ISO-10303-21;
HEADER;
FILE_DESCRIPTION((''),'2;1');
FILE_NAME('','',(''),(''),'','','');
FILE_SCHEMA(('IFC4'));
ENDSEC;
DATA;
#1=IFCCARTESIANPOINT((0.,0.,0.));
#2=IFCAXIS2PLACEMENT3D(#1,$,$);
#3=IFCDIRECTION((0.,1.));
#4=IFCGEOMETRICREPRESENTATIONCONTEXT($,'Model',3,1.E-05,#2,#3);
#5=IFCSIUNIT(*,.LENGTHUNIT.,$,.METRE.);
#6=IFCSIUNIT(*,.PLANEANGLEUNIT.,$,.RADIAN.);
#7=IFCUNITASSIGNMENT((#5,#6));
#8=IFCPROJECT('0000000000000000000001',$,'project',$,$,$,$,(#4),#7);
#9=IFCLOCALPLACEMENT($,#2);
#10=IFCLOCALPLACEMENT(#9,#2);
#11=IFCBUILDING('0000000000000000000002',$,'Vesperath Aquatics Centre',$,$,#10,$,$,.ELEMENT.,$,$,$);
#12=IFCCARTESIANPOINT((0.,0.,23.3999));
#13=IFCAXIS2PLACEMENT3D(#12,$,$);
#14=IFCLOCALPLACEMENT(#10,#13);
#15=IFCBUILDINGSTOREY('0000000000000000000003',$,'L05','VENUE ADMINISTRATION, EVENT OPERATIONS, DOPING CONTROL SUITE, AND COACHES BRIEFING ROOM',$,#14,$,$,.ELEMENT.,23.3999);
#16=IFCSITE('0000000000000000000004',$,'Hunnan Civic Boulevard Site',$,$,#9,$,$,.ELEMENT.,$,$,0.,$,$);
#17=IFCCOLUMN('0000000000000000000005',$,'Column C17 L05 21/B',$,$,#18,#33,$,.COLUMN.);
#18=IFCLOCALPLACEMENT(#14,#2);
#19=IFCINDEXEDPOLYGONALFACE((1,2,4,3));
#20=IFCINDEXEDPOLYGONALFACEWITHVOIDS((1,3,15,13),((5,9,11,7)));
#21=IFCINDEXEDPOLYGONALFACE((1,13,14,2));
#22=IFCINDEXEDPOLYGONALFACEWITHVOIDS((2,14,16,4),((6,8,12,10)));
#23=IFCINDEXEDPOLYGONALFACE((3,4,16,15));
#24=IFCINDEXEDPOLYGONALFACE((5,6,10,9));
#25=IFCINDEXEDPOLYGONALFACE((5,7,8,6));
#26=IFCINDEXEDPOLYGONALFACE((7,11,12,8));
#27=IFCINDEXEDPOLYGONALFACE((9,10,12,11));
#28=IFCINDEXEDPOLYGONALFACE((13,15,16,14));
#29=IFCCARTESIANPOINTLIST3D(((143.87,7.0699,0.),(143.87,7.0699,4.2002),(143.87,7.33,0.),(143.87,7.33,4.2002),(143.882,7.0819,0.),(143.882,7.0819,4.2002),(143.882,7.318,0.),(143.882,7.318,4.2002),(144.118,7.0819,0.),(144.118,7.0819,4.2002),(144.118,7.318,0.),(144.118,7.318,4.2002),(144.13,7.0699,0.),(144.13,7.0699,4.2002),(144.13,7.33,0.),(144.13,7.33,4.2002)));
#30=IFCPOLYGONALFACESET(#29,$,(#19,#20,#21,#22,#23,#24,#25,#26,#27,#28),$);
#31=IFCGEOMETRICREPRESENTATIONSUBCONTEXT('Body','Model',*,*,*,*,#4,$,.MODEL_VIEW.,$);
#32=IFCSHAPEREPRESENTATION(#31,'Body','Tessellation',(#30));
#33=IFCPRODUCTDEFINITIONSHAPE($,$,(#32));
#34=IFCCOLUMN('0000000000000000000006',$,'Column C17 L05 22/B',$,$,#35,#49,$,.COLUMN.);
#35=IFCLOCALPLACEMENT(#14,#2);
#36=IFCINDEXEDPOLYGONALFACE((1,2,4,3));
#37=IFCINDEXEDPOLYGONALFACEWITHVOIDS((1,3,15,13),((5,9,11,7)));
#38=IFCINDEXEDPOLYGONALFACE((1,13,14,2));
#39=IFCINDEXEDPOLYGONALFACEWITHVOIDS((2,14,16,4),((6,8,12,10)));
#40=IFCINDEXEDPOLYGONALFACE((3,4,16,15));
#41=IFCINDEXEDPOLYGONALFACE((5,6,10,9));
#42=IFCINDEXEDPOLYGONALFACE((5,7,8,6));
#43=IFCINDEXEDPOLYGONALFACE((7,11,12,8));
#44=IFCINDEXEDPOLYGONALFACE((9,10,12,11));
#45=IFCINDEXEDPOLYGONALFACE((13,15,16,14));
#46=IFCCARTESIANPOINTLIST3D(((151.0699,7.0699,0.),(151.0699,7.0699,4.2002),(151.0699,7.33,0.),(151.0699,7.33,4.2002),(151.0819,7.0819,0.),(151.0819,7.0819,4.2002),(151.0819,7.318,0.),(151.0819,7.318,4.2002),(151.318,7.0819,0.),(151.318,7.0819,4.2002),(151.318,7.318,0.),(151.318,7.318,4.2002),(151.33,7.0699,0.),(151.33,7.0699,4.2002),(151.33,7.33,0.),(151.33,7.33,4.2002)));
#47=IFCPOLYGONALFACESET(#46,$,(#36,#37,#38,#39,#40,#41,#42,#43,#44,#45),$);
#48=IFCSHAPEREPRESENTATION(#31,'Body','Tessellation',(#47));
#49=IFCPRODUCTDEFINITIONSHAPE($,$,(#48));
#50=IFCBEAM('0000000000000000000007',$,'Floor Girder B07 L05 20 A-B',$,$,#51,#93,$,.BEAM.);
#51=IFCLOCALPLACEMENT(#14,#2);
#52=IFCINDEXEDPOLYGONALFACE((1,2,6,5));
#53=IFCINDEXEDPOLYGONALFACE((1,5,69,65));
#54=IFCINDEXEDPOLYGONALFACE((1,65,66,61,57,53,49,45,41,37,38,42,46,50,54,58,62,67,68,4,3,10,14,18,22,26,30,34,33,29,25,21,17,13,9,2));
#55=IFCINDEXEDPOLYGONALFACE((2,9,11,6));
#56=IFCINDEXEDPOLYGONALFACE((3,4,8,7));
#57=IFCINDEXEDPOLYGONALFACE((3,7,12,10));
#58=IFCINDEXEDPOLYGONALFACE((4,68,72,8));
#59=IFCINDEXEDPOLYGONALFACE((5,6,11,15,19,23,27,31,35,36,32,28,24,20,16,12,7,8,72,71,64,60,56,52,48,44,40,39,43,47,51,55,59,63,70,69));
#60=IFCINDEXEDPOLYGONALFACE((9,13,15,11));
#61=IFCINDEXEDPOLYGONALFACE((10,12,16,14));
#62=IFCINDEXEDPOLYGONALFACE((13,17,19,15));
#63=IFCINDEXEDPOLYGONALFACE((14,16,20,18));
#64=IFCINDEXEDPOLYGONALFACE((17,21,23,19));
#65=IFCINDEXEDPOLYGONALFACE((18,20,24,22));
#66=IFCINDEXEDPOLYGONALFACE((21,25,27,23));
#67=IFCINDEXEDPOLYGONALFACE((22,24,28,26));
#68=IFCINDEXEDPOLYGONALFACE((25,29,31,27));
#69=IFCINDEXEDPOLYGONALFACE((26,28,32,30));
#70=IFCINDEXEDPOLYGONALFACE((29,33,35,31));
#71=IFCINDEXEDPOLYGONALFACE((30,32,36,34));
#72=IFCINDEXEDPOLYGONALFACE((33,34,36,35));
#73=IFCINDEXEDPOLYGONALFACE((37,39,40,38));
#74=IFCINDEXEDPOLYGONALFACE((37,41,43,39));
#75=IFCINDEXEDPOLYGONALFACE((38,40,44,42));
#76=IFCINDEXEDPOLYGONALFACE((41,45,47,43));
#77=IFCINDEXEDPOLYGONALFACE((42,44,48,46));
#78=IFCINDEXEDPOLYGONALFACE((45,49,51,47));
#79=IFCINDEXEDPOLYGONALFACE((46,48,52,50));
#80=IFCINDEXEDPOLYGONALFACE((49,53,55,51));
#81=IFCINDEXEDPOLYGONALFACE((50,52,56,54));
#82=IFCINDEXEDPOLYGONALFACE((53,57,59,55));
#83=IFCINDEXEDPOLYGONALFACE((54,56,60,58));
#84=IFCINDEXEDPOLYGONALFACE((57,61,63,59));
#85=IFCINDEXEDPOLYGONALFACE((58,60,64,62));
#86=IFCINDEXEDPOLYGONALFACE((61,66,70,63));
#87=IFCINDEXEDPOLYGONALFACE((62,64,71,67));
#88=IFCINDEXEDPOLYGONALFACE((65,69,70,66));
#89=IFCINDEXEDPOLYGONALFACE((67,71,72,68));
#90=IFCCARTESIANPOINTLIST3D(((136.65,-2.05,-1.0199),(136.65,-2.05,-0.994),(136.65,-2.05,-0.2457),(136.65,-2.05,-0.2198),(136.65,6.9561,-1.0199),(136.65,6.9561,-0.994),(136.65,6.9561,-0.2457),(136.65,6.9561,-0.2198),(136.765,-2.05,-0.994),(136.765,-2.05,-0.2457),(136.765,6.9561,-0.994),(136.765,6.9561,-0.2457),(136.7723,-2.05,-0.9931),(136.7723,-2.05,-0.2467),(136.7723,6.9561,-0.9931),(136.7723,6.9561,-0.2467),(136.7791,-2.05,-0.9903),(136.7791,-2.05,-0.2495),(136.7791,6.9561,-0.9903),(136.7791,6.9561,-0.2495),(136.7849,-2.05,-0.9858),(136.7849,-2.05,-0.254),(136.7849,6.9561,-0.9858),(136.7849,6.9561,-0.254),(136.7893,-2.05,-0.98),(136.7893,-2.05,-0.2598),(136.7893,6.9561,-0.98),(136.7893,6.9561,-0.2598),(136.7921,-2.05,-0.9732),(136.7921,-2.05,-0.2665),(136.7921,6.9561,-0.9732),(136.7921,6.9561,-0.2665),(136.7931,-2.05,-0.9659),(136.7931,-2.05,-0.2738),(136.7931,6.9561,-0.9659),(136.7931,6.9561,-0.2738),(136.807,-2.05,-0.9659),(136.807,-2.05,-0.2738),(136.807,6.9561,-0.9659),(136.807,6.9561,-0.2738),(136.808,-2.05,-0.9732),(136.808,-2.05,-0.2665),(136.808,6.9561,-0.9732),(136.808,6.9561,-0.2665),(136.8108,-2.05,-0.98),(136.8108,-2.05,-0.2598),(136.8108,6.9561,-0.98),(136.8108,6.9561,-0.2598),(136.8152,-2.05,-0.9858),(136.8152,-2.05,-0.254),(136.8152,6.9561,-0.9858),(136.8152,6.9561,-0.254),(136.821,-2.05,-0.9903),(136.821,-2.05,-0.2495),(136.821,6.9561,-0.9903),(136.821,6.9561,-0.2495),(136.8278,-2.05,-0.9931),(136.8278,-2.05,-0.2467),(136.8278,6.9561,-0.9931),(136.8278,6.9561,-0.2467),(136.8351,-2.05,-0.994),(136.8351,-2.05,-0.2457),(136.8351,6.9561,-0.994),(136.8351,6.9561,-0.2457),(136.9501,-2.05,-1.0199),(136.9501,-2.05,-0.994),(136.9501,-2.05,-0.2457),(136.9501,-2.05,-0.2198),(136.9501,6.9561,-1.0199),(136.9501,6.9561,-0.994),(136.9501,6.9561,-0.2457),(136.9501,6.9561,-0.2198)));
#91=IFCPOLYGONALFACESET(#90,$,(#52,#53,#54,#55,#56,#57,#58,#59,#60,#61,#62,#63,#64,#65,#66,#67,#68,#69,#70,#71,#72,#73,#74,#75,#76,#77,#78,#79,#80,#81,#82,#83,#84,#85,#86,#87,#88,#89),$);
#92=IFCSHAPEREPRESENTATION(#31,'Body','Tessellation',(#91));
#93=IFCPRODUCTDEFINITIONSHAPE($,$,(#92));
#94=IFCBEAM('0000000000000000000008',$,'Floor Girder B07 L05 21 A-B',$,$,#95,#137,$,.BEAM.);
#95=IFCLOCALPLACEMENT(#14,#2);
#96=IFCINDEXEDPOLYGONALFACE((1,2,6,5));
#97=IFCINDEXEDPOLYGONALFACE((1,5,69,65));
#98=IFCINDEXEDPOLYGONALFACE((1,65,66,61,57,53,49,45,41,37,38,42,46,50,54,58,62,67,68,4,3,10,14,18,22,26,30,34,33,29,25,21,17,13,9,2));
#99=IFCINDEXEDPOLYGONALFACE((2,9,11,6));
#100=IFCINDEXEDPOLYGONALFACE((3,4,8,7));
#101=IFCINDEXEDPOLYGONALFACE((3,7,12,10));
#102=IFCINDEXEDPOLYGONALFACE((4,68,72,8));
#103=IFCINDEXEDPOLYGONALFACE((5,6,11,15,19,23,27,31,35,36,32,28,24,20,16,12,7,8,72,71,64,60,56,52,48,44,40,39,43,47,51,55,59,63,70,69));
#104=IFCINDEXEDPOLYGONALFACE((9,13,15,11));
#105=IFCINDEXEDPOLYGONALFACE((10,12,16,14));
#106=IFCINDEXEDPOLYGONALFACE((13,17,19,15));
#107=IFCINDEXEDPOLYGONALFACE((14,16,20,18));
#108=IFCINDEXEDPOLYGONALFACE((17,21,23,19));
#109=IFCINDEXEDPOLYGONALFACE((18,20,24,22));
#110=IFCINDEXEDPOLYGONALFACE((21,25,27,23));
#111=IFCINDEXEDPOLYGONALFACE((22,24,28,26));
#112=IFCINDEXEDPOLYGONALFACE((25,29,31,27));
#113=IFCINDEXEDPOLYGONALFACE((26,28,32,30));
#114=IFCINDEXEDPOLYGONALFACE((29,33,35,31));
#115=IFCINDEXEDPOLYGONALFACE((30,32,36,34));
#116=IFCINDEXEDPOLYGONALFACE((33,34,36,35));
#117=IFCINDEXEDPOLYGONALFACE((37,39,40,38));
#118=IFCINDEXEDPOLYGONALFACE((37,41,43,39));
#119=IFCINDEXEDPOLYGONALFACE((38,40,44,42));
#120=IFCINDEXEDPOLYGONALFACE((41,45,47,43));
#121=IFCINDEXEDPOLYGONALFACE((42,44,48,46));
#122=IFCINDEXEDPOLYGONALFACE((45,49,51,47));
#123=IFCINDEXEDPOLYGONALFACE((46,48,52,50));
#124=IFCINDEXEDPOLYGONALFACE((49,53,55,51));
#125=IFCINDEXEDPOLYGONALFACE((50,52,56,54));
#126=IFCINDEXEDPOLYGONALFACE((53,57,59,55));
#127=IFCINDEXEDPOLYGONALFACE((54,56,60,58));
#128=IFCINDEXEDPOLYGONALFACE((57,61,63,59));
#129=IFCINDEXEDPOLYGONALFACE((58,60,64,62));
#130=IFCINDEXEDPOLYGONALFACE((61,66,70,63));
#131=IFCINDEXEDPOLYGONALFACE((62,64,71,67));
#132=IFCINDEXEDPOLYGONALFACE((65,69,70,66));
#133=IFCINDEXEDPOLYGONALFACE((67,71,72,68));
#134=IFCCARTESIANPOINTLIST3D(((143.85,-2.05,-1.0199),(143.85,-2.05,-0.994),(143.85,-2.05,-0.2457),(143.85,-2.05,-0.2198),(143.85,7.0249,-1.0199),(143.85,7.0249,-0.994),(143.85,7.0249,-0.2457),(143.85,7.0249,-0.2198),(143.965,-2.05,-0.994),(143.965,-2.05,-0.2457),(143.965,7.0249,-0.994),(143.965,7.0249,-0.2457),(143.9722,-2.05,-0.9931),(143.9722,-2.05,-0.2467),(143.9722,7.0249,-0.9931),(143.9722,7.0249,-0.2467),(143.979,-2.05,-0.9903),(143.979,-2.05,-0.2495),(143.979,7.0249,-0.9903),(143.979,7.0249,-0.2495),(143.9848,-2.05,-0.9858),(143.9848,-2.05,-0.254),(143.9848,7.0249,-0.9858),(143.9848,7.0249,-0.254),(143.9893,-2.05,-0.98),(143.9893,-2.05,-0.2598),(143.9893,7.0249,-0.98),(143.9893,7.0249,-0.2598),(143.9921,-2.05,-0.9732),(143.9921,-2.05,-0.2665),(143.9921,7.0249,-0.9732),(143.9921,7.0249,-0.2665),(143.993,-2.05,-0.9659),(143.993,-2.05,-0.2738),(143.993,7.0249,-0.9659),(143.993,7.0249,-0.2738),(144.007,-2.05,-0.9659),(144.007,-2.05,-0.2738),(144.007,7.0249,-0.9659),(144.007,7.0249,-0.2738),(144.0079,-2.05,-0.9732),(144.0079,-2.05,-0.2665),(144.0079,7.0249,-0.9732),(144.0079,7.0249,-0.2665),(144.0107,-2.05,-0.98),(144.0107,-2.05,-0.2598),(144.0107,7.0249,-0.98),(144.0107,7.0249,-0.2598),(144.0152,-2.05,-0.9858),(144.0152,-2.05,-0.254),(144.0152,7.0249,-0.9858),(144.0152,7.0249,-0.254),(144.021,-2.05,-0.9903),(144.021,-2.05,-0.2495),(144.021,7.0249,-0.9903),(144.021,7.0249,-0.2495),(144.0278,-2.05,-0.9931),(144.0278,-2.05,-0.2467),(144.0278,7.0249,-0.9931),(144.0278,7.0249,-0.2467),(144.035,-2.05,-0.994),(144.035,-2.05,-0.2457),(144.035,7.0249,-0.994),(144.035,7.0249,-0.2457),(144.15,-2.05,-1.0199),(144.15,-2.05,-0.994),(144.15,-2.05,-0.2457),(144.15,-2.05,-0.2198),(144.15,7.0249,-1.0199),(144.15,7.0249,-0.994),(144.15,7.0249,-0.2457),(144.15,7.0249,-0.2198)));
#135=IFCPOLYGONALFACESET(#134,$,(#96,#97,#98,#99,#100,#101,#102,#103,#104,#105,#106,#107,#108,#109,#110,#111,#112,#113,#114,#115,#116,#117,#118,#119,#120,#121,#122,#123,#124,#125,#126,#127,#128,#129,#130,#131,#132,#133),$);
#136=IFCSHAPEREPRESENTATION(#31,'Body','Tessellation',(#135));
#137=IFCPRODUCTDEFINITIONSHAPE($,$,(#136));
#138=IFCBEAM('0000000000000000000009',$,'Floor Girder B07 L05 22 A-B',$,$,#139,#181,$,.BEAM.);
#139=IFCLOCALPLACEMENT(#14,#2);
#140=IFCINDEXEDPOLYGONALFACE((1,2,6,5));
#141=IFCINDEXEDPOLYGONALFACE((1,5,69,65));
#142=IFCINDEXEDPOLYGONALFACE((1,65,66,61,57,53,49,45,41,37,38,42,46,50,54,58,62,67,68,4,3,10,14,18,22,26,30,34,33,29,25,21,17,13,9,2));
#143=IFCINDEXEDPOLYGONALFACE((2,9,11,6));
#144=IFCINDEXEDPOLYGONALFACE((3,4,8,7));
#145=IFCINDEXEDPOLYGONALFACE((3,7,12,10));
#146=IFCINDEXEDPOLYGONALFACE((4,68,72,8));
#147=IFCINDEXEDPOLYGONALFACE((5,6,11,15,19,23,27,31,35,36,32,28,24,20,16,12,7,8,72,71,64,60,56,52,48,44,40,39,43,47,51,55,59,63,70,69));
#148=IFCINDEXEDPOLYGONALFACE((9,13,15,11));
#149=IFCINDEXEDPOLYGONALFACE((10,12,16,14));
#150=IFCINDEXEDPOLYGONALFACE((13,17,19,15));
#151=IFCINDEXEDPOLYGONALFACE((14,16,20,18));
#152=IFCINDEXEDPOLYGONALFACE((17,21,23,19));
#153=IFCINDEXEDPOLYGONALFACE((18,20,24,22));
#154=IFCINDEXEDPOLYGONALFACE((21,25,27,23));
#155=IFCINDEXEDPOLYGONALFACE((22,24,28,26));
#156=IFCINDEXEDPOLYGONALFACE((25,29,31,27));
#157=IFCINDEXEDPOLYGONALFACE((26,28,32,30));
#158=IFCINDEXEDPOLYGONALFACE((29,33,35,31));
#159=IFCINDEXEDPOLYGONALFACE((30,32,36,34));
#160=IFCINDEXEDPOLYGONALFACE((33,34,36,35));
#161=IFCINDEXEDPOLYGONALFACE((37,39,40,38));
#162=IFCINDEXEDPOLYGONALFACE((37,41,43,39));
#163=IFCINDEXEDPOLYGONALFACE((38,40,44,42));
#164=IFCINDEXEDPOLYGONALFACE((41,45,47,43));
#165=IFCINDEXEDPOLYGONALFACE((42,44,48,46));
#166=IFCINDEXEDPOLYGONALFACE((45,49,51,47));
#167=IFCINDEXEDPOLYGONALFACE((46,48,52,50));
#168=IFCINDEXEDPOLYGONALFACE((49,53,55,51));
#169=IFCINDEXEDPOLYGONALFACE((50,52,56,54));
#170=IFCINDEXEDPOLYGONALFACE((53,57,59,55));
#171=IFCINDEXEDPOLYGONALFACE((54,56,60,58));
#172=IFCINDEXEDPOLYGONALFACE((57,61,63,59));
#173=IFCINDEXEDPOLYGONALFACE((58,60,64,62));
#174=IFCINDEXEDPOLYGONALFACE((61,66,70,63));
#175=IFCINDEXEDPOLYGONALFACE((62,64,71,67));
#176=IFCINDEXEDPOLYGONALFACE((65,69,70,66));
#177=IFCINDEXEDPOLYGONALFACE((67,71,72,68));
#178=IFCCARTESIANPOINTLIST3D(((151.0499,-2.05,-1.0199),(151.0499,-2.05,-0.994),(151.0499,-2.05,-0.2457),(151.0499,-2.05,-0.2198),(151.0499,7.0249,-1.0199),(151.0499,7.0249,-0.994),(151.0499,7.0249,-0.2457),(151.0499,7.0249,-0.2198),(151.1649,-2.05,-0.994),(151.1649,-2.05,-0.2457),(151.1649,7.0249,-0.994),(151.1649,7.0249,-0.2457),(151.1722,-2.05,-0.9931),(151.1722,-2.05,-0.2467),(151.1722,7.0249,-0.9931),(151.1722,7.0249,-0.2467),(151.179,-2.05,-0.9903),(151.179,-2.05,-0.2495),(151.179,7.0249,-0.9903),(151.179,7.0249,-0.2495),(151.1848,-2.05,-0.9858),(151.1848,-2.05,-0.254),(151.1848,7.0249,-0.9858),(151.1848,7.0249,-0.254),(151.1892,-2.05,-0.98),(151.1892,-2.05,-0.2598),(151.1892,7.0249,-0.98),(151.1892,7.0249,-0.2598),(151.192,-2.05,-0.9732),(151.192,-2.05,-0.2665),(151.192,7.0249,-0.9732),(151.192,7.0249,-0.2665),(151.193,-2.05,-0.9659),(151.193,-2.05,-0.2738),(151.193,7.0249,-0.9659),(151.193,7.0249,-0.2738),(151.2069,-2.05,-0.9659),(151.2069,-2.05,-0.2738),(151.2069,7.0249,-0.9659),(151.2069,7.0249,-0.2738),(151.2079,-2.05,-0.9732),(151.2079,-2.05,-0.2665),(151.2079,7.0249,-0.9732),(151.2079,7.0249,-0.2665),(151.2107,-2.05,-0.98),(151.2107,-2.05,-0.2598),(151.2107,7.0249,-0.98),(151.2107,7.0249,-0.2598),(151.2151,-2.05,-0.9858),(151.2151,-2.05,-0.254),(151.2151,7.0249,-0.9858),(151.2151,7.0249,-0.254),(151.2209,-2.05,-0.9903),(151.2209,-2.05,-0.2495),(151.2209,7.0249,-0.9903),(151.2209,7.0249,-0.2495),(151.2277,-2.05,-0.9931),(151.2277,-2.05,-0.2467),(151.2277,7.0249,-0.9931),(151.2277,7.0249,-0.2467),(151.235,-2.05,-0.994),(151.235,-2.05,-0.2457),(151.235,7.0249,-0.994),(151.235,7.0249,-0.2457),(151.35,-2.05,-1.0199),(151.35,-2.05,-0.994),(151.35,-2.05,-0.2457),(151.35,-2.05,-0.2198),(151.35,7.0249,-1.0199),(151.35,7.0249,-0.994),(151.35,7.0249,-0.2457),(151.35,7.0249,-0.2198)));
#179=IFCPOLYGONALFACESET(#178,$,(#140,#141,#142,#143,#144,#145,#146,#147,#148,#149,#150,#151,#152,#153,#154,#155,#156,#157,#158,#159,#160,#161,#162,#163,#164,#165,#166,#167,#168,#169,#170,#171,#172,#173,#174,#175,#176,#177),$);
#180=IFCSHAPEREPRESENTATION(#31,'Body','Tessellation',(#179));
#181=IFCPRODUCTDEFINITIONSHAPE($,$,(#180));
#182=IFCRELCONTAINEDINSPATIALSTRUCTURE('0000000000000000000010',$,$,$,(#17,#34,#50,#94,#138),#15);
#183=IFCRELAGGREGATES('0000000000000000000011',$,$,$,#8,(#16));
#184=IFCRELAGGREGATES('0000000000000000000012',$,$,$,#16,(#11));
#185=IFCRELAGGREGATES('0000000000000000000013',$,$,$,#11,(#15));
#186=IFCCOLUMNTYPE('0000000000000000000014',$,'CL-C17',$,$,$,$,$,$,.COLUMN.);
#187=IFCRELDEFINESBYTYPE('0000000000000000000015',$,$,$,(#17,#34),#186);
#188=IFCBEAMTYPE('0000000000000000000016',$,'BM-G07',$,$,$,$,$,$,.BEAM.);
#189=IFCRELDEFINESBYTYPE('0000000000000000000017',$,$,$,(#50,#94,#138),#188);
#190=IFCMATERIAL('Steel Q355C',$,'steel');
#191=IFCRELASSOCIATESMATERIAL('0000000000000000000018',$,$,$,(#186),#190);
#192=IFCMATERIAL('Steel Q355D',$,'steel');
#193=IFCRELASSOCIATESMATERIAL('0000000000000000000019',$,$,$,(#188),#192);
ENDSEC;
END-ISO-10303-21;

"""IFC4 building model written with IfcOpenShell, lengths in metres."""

from ifc_helpers import new_model, si_unit, direction, frame, origin, origin_2d, place, context, subcontext, project, spatial, hollow_rectangle, i_section, extrude, material, material_profile, profile_set, type_object, element, save


model = new_model("IFC4")

# Units and contexts
model_context = context("Model", 3, precision=1e-05, world=origin(), true_north=direction((0.0, 1.0)))
body_context = subcontext(model_context, "Body", "Model", "MODEL_VIEW")
ifc_project = project(units=[si_unit("LENGTHUNIT", "METRE"), si_unit("PLANEANGLEUNIT", "RADIAN")], contexts=[model_context])

# Site, building, storey
site_placement = place(None, origin())
site = spatial("IfcSite", under=ifc_project, at=site_placement, Name="Hunnan Civic Boulevard Site", CompositionType="ELEMENT", RefElevation=0.0)
building_placement = place(site_placement, origin())
building = spatial("IfcBuilding", under=site, at=building_placement, Name="Vesperath Aquatics Centre", CompositionType="ELEMENT")
storey_placement = place(building_placement, frame((0.0, 0.0, 23.3999)))
storey = spatial("IfcBuildingStorey", under=building, at=storey_placement, Name="L05", Description="VENUE ADMINISTRATION, EVENT OPERATIONS, DOPING CONTROL SUITE, AND COACHES BRIEFING ROOM", CompositionType="ELEMENT", Elevation=23.3999)

# Columns
ifc_material_1 = material(Name="Steel Q355C", Category="steel")
ifc_material_profile_1 = material_profile(ifc_material_1, hollow_rectangle(XDim=0.26, YDim=0.26, WallThickness=0.012, at=origin_2d()), Name="SHS 260x260x12")
ifc_profile_set_1 = profile_set([ifc_material_profile_1], Name="Steel Q355C")
column_type = type_object("IfcColumnType", Name="CL-C17", PredefinedType="COLUMN", material=ifc_profile_set_1)
for number, where, z_axis, x_axis, name in (
    (1, (144.0, 7.2, 0.0), (0.0, 0.0, 1.0), (1.0, 0.0, 0.0), "Column C17 L05 21/B"),
    (2, (151.2, 7.2, 0.0), (0.0, 0.0, 1.0), (1.0, 0.0, 0.0), "Column C17 L05 22/B"),
):
    element("IfcColumn", number, at=place(storey_placement, frame(where, z_axis=z_axis, x_axis=x_axis)), inside=storey, type_object=column_type, Name=name, PredefinedType="COLUMN", context=body_context, shape_type="SweptSolid", body=[
        extrude(hollow_rectangle(XDim=0.26, YDim=0.26, WallThickness=0.012, at=origin_2d()), origin(), (0.0, 0.0, 1.0), 4.2002),
    ])

# Beams
ifc_material_2 = material(Name="Steel Q355D", Category="steel")
ifc_material_profile_2 = material_profile(ifc_material_2, i_section(OverallWidth=0.3, OverallDepth=0.8, WebThickness=0.0139, FlangeThickness=0.0259, FilletRadius=0.0281, at=origin_2d()), Name="HN 800x300x14x26")
ifc_profile_set_2 = profile_set([ifc_material_profile_2], Name="Steel Q355D")
beam_type_1 = type_object("IfcBeamType", Name="BM-G07", PredefinedType="BEAM", material=ifc_profile_set_2)
beam_1_placement = place(storey_placement, frame((136.8, -2.05, -0.6199), z_axis=(0.0, 1.0, 0.0), x_axis=(-1.0, 0.0, 0.0)))
element("IfcBeam", 3, at=beam_1_placement, inside=storey, type_object=beam_type_1, Name="Floor Girder B07 L05 20 A-B", PredefinedType="BEAM", context=body_context, shape_type="SweptSolid", body=[
    extrude(i_section(OverallWidth=0.3, OverallDepth=0.8, WebThickness=0.0139, FlangeThickness=0.0259, FilletRadius=0.0281, at=origin_2d()), origin(), (0.0, 0.0, 1.0), 9.0061),
])
for number, where, z_axis, x_axis, name in (
    (4, (144.0, -2.05, -0.6199), (0.0, 1.0, 0.0), (-1.0, 0.0, 0.0), "Floor Girder B07 L05 21 A-B"),
    (5, (151.2, -2.05, -0.6199), (0.0, 1.0, 0.0), (-1.0, 0.0, 0.0), "Floor Girder B07 L05 22 A-B"),
):
    element("IfcBeam", number, at=place(storey_placement, frame(where, z_axis=z_axis, x_axis=x_axis)), inside=storey, type_object=beam_type_1, Name=name, PredefinedType="BEAM", context=body_context, shape_type="SweptSolid", body=[
        extrude(i_section(OverallWidth=0.3, OverallDepth=0.8, WebThickness=0.0139, FlangeThickness=0.0259, FilletRadius=0.0281, at=origin_2d()), origin(), (0.0, 0.0, 1.0), 9.075),
    ])

save(model, "model.ifc")
